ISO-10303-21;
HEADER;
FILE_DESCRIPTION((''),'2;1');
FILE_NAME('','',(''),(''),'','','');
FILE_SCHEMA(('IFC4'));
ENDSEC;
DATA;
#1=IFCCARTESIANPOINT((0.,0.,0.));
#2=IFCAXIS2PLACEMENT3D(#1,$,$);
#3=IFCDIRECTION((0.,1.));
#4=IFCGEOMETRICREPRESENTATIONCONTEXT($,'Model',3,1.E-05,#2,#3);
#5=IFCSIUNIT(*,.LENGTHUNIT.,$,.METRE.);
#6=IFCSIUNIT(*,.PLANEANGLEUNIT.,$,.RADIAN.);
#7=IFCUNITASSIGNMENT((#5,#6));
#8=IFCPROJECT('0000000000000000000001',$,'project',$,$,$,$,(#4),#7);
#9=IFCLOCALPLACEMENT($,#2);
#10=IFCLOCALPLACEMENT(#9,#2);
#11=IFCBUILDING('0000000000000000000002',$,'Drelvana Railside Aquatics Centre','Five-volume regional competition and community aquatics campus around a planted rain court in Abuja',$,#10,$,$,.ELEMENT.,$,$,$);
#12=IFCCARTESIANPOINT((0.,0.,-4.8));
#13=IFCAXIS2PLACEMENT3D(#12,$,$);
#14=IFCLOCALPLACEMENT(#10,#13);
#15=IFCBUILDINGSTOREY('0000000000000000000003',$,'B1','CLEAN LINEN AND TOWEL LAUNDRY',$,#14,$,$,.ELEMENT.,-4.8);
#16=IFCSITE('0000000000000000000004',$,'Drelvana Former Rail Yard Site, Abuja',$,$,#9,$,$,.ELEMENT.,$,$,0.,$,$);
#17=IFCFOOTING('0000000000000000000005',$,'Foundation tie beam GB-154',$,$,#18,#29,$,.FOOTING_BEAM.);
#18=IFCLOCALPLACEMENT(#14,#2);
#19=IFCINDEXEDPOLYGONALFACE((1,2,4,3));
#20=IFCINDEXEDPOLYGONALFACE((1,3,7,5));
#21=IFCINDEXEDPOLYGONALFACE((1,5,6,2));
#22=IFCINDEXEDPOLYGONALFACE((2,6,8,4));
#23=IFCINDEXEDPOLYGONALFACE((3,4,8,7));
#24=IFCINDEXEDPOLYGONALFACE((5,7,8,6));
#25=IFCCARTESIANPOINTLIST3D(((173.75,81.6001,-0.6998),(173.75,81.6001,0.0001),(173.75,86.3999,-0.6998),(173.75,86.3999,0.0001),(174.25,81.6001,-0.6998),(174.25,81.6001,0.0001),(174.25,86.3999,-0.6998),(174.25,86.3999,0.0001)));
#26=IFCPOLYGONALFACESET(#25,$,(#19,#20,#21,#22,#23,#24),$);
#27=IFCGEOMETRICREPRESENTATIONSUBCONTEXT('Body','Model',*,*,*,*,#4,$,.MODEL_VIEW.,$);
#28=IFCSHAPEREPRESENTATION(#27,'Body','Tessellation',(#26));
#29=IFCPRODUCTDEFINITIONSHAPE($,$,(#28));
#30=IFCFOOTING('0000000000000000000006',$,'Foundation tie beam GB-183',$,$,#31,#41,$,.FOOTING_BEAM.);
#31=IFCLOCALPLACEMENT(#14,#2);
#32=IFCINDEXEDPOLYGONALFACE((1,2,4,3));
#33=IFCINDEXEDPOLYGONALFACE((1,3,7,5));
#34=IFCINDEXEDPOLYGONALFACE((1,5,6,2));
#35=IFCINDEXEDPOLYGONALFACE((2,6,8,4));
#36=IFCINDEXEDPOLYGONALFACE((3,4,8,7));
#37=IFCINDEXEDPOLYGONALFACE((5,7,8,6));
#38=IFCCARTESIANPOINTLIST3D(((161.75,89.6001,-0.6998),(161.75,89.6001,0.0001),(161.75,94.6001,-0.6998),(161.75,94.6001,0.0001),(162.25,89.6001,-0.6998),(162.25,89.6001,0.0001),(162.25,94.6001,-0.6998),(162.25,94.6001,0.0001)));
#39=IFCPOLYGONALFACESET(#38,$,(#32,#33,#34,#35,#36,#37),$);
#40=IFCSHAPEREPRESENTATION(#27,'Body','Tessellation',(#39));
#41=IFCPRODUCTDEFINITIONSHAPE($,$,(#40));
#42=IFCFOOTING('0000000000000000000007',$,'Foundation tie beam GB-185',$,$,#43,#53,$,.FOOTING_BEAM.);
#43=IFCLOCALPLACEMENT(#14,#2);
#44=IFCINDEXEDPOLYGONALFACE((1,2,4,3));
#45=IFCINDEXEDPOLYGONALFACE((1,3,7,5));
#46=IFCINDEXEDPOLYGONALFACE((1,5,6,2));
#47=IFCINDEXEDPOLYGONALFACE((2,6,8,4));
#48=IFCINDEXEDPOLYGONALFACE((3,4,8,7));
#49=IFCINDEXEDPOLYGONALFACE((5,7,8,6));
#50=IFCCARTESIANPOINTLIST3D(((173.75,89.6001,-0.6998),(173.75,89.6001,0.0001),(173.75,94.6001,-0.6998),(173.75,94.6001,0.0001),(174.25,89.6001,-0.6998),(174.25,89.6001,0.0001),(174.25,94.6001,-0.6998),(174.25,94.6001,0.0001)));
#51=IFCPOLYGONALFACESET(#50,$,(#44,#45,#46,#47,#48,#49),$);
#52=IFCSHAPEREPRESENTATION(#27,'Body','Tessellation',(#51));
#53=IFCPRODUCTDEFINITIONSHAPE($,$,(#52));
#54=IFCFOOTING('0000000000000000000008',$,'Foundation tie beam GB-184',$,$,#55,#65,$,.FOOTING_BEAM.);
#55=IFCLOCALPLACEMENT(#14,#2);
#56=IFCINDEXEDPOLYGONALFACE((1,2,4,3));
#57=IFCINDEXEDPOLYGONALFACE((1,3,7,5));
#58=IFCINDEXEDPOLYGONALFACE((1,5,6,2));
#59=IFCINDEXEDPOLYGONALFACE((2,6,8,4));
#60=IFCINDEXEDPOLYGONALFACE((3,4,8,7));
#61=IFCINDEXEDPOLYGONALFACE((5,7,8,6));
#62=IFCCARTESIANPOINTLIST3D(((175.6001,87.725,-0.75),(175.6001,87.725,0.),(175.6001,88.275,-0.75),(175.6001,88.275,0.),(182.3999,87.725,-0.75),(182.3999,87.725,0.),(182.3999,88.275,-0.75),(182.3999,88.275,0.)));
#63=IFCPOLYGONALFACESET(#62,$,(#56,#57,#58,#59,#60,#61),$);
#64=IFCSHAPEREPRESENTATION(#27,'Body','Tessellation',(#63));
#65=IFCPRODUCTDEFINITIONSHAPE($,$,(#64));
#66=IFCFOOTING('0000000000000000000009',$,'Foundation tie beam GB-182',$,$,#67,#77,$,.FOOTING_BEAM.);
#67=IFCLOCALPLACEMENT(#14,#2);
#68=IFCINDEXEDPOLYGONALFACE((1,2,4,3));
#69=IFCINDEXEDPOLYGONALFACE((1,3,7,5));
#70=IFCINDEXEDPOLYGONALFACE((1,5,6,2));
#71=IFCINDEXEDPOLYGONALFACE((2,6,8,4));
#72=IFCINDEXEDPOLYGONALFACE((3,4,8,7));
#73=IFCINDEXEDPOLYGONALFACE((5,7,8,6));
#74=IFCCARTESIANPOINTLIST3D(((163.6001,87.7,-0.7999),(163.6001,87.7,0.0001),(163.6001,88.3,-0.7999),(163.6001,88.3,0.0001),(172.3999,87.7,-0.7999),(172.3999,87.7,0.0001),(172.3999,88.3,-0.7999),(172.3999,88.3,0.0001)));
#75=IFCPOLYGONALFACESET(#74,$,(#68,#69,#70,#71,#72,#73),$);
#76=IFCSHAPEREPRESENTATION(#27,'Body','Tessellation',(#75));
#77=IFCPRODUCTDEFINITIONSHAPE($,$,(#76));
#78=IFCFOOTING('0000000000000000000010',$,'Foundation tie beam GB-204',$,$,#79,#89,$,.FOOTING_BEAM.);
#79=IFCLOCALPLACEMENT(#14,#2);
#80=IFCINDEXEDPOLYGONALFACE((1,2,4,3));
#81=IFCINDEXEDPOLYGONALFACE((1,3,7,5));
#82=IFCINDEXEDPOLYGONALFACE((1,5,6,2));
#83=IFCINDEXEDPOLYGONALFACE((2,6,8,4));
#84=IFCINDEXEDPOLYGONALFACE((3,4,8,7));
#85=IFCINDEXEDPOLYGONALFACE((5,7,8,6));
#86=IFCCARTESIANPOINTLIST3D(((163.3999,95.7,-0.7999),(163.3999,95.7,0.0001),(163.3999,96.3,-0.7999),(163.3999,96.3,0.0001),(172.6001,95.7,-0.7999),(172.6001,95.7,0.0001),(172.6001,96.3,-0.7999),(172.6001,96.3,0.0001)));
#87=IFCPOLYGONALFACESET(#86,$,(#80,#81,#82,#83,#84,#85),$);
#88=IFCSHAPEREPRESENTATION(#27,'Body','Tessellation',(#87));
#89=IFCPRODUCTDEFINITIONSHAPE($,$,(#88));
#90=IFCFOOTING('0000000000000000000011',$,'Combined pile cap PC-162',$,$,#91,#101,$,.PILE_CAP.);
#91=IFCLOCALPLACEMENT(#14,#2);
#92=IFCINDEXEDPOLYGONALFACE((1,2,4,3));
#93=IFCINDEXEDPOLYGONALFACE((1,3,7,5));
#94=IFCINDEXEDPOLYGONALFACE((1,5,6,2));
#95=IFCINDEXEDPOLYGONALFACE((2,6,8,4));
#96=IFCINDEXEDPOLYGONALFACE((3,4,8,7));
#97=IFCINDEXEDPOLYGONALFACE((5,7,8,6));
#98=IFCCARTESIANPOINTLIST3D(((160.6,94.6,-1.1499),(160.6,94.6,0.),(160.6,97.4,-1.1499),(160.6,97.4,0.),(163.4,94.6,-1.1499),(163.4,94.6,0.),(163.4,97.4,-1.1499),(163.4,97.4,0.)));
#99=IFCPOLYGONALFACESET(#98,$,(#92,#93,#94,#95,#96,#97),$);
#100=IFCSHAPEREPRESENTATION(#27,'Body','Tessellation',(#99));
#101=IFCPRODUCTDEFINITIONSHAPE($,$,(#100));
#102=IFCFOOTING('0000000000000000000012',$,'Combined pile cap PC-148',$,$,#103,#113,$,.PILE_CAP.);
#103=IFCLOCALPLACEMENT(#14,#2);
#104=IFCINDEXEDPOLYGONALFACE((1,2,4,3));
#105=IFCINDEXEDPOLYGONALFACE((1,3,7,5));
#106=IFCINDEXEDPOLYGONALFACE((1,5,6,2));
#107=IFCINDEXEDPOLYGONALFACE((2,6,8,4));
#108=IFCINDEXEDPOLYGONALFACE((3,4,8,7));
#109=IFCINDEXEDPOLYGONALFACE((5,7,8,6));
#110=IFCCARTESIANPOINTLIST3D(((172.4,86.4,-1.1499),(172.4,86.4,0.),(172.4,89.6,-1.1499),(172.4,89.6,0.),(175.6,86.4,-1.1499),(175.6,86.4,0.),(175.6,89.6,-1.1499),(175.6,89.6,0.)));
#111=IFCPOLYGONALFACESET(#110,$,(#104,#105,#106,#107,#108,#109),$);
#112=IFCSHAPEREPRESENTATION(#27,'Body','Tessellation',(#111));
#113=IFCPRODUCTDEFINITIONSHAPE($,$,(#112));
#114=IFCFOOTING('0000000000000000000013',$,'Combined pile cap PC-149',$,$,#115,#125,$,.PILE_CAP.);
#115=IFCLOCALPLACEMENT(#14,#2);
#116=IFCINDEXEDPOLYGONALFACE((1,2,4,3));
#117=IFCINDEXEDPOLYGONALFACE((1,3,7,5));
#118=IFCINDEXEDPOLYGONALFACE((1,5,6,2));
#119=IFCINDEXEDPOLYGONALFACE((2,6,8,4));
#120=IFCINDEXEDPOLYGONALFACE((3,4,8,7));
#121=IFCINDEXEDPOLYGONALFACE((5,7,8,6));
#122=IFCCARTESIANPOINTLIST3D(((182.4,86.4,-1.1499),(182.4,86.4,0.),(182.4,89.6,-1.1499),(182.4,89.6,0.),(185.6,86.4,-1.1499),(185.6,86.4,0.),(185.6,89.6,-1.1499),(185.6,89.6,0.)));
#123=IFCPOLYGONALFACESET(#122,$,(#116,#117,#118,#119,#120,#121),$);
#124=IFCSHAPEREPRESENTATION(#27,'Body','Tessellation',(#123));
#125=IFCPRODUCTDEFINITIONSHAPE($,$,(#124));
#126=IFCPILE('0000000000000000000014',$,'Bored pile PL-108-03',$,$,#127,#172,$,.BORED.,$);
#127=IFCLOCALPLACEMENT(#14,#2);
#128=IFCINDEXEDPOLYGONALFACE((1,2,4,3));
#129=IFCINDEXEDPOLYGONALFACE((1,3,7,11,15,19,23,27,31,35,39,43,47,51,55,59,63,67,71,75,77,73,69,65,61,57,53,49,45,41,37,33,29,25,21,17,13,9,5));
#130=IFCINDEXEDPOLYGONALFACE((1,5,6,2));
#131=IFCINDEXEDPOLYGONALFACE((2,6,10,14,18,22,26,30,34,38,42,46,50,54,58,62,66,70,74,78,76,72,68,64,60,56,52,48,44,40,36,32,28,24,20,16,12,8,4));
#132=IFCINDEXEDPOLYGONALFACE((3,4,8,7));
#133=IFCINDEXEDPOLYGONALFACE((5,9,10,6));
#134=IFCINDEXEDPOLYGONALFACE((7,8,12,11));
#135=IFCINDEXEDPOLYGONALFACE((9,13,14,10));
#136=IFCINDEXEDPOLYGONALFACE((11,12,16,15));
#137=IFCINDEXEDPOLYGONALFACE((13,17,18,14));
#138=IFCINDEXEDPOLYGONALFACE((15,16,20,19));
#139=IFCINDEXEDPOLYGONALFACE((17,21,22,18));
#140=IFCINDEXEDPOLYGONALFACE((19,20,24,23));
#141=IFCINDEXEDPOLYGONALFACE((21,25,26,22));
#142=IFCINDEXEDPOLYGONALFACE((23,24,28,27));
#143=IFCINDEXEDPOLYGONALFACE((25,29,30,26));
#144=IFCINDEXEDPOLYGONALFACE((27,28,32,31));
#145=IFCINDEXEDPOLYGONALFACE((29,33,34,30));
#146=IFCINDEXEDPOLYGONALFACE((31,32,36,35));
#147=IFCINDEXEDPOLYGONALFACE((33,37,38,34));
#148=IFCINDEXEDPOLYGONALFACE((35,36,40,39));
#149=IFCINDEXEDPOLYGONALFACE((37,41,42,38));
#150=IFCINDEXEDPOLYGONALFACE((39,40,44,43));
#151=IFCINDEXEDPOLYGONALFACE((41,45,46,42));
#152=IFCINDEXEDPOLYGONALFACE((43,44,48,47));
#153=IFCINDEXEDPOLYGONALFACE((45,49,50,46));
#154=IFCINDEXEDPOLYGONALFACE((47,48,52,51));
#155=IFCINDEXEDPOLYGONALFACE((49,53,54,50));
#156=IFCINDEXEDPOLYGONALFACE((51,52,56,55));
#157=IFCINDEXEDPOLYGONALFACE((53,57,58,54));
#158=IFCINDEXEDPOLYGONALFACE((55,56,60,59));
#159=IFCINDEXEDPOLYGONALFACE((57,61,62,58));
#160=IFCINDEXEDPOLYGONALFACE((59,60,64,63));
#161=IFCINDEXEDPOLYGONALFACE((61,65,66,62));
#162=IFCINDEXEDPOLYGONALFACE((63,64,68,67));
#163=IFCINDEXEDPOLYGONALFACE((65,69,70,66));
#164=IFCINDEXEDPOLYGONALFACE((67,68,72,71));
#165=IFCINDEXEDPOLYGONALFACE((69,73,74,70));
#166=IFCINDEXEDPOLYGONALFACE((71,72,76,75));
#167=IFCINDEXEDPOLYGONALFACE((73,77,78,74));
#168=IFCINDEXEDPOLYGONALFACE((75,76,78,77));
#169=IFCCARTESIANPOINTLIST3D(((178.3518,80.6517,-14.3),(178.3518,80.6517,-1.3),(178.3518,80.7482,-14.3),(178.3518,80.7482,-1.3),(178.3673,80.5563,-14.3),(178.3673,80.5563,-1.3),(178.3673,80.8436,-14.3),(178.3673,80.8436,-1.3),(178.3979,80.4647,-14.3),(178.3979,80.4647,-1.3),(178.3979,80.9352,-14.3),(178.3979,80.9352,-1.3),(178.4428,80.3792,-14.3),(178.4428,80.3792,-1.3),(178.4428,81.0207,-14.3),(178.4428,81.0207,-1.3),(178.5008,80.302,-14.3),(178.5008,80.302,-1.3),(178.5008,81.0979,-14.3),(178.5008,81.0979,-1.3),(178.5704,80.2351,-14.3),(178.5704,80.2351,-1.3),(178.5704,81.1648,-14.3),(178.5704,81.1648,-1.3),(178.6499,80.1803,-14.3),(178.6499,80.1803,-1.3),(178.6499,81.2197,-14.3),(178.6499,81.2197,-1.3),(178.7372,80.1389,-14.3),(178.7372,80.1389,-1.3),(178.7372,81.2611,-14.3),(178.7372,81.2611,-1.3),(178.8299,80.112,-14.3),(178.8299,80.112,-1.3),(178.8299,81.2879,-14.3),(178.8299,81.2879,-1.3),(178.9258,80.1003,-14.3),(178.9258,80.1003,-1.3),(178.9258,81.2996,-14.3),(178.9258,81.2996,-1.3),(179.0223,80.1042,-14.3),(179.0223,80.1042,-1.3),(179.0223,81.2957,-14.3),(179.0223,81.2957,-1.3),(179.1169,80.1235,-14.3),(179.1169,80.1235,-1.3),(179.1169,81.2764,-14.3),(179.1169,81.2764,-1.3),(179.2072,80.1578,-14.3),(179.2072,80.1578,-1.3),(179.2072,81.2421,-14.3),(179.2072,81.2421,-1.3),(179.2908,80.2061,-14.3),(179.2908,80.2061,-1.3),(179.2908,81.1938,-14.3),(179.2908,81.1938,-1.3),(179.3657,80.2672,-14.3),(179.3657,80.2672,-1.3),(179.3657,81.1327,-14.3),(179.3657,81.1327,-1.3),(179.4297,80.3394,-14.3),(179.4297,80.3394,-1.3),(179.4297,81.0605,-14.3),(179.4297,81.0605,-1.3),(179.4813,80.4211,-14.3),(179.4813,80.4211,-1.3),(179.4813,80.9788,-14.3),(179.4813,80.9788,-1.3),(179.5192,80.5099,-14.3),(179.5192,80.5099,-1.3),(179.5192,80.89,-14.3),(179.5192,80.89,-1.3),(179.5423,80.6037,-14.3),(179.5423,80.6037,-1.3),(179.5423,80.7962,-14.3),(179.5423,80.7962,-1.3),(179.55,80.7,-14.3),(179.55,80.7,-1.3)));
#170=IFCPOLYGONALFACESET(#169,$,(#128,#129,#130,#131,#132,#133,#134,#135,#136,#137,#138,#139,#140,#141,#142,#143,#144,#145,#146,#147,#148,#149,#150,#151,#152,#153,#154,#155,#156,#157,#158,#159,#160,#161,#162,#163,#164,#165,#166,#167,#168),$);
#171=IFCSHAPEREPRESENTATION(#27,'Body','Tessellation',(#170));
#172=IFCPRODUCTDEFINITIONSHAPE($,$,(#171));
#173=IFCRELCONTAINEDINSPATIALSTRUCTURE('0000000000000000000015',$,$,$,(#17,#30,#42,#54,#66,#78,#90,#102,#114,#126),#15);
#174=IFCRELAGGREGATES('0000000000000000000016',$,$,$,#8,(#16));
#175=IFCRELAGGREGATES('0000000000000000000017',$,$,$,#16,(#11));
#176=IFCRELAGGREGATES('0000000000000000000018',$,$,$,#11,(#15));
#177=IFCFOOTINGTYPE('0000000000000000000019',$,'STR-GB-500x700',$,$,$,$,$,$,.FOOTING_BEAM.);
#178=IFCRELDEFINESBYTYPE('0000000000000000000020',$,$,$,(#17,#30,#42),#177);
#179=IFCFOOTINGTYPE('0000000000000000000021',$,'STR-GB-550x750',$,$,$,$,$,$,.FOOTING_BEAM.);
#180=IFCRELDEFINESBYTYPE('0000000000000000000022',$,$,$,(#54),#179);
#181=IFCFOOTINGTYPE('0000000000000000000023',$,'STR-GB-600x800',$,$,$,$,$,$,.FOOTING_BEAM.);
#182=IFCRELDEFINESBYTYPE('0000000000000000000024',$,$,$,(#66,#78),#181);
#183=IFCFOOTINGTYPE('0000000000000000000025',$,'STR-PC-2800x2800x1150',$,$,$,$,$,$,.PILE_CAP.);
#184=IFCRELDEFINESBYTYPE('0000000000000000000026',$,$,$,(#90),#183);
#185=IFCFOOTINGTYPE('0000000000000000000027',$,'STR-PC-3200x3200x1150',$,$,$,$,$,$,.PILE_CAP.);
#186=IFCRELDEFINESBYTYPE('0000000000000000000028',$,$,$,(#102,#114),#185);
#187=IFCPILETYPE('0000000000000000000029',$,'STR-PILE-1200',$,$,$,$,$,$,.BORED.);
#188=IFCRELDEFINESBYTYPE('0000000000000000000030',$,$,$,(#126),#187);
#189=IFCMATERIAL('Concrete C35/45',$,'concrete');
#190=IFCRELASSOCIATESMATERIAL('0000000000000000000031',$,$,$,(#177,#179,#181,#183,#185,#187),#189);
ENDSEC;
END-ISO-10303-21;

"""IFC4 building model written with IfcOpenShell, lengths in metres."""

from ifc_helpers import new_model, si_unit, direction, frame, origin, origin_2d, place, context, subcontext, project, spatial, rectangle, circle, extrude, material, material_profile, profile_set, type_object, element, save


model = new_model("IFC4")

# Units and contexts
model_context = context("Model", 3, precision=1e-05, world=origin(), true_north=direction((0.0, 1.0)))
body_context = subcontext(model_context, "Body", "Model", "MODEL_VIEW")
ifc_project = project(units=[si_unit("LENGTHUNIT", "METRE"), si_unit("PLANEANGLEUNIT", "RADIAN")], contexts=[model_context])

# Site, building, storey
site_placement = place(None, origin())
site = spatial("IfcSite", under=ifc_project, at=site_placement, Name="Drelvana Former Rail Yard Site, Abuja", CompositionType="ELEMENT", RefElevation=0.0)
building_placement = place(site_placement, origin())
building = spatial("IfcBuilding", under=site, at=building_placement, Name="Drelvana Railside Aquatics Centre", Description="Five-volume regional competition and community aquatics campus around a planted rain court in Abuja", CompositionType="ELEMENT")
storey_placement = place(building_placement, frame((0.0, 0.0, -4.8)))
storey = spatial("IfcBuildingStorey", under=building, at=storey_placement, Name="B1", Description="CLEAN LINEN AND TOWEL LAUNDRY", CompositionType="ELEMENT", Elevation=-4.8)

# Footings
ifc_material_1 = material(Name="Concrete C35/45", Category="concrete")
ifc_material_profile_1 = material_profile(ifc_material_1, rectangle(XDim=0.5, YDim=0.7, at=origin_2d()), Name="GB 500x700")
ifc_profile_set_1 = profile_set([ifc_material_profile_1], Name="Concrete C35/45")
footing_type_1 = type_object("IfcFootingType", Name="STR-GB-500x700", PredefinedType="FOOTING_BEAM", material=ifc_profile_set_1)
footing_1_placement = place(storey_placement, frame((174.0, 81.6001, -0.3499), z_axis=(0.0, 1.0, 0.0), x_axis=(-1.0, 0.0, 0.0)))
element("IfcFooting", 1, at=footing_1_placement, inside=storey, type_object=footing_type_1, Name="Foundation tie beam GB-154", PredefinedType="FOOTING_BEAM", context=body_context, shape_type="SweptSolid", body=[
    extrude(rectangle(XDim=0.5, YDim=0.7, at=origin_2d()), origin(), (0.0, 0.0, 1.0), 4.7998),
])
for number, where, z_axis, x_axis, name in (
    (2, (162.0, 89.6001, -0.3499), (0.0, 1.0, 0.0), (-1.0, 0.0, 0.0), "Foundation tie beam GB-183"),
    (3, (174.0, 89.6001, -0.3499), (0.0, 1.0, 0.0), (-1.0, 0.0, 0.0), "Foundation tie beam GB-185"),
):
    element("IfcFooting", number, at=place(storey_placement, frame(where, z_axis=z_axis, x_axis=x_axis)), inside=storey, type_object=footing_type_1, Name=name, PredefinedType="FOOTING_BEAM", context=body_context, shape_type="SweptSolid", body=[
        extrude(rectangle(XDim=0.5, YDim=0.7, at=origin_2d()), origin(), (0.0, 0.0, 1.0), 5.0),
    ])
ifc_material_profile_2 = material_profile(ifc_material_1, rectangle(XDim=0.55, YDim=0.75, at=origin_2d()), Name="GB 550x750")
ifc_profile_set_2 = profile_set([ifc_material_profile_2], Name="Concrete C35/45")
footing_type_2 = type_object("IfcFootingType", Name="STR-GB-550x750", PredefinedType="FOOTING_BEAM", material=ifc_profile_set_2)
footing_2_placement = place(storey_placement, frame((175.6001, 88.0, -0.375), z_axis=(1.0, 0.0, 0.0), x_axis=(0.0, 1.0, 0.0)))
element("IfcFooting", 4, at=footing_2_placement, inside=storey, type_object=footing_type_2, Name="Foundation tie beam GB-184", PredefinedType="FOOTING_BEAM", context=body_context, shape_type="SweptSolid", body=[
    extrude(rectangle(XDim=0.55, YDim=0.75, at=origin_2d()), origin(), (0.0, 0.0, 1.0), 6.7998),
])
ifc_material_profile_3 = material_profile(ifc_material_1, rectangle(XDim=0.6001, YDim=0.8, at=origin_2d()), Name="GB 600x800")
ifc_profile_set_3 = profile_set([ifc_material_profile_3], Name="Concrete C35/45")
footing_type_3 = type_object("IfcFootingType", Name="STR-GB-600x800", PredefinedType="FOOTING_BEAM", material=ifc_profile_set_3)
footing_3_placement = place(storey_placement, frame((163.6001, 88.0, -0.3999), z_axis=(1.0, 0.0, 0.0), x_axis=(0.0, 1.0, 0.0)))
element("IfcFooting", 5, at=footing_3_placement, inside=storey, type_object=footing_type_3, Name="Foundation tie beam GB-182", PredefinedType="FOOTING_BEAM", context=body_context, shape_type="SweptSolid", body=[
    extrude(rectangle(XDim=0.6001, YDim=0.8, at=origin_2d()), origin(), (0.0, 0.0, 1.0), 8.7998),
])
footing_4_placement = place(storey_placement, frame((163.3999, 96.0, -0.3999), z_axis=(1.0, 0.0, 0.0), x_axis=(0.0, 1.0, 0.0)))
element("IfcFooting", 6, at=footing_4_placement, inside=storey, type_object=footing_type_3, Name="Foundation tie beam GB-204", PredefinedType="FOOTING_BEAM", context=body_context, shape_type="SweptSolid", body=[
    extrude(rectangle(XDim=0.6001, YDim=0.8, at=origin_2d()), origin(), (0.0, 0.0, 1.0), 9.2002),
])
footing_type_4 = type_object("IfcFootingType", Name="STR-PC-2800x2800x1150", PredefinedType="PILE_CAP", material=ifc_material_1)
footing_5_placement = place(storey_placement, frame((162.0, 96.0, -1.1499), z_axis=(0.0, 0.0, 1.0), x_axis=(1.0, 0.0, 0.0)))
element("IfcFooting", 7, at=footing_5_placement, inside=storey, type_object=footing_type_4, Name="Combined pile cap PC-162", PredefinedType="PILE_CAP", context=body_context, shape_type="SweptSolid", body=[
    extrude(rectangle(XDim=2.8, YDim=2.8, at=origin_2d()), origin(), (0.0, 0.0, 1.0), 1.1499),
])
footing_type_5 = type_object("IfcFootingType", Name="STR-PC-3200x3200x1150", PredefinedType="PILE_CAP", material=ifc_material_1)
for number, where, z_axis, x_axis, name in (
    (8, (174.0, 88.0, -1.1499), (0.0, 0.0, 1.0), (1.0, 0.0, 0.0), "Combined pile cap PC-148"),
    (9, (184.0, 88.0, -1.1499), (0.0, 0.0, 1.0), (1.0, 0.0, 0.0), "Combined pile cap PC-149"),
):
    element("IfcFooting", number, at=place(storey_placement, frame(where, z_axis=z_axis, x_axis=x_axis)), inside=storey, type_object=footing_type_5, Name=name, PredefinedType="PILE_CAP", context=body_context, shape_type="SweptSolid", body=[
        extrude(rectangle(XDim=3.2, YDim=3.2, at=origin_2d()), origin(), (0.0, 0.0, 1.0), 1.1499),
    ])

# Pile
ifc_material_profile_4 = material_profile(ifc_material_1, circle(Radius=0.6001, at=origin_2d()), Name="PILE D1200")
ifc_profile_set_4 = profile_set([ifc_material_profile_4], Name="Concrete C35/45")
pile_type_1 = type_object("IfcPileType", Name="STR-PILE-1200", PredefinedType="BORED", material=ifc_profile_set_4)
for number, where, z_axis, x_axis, name in (
    (10, (178.95, 80.7, -1.3), (0.0, 0.0, -1.0), (1.0, 0.0, 0.0), "Bored pile PL-108-03"),
):
    element("IfcPile", number, at=place(storey_placement, frame(where, z_axis=z_axis, x_axis=x_axis)), inside=storey, type_object=pile_type_1, Name=name, PredefinedType="BORED", context=body_context, shape_type="SweptSolid", body=[
        extrude(circle(Radius=0.6001, at=origin_2d()), origin(), (0.0, 0.0, 1.0), 13.0),
    ])

save(model, "model.ifc")
